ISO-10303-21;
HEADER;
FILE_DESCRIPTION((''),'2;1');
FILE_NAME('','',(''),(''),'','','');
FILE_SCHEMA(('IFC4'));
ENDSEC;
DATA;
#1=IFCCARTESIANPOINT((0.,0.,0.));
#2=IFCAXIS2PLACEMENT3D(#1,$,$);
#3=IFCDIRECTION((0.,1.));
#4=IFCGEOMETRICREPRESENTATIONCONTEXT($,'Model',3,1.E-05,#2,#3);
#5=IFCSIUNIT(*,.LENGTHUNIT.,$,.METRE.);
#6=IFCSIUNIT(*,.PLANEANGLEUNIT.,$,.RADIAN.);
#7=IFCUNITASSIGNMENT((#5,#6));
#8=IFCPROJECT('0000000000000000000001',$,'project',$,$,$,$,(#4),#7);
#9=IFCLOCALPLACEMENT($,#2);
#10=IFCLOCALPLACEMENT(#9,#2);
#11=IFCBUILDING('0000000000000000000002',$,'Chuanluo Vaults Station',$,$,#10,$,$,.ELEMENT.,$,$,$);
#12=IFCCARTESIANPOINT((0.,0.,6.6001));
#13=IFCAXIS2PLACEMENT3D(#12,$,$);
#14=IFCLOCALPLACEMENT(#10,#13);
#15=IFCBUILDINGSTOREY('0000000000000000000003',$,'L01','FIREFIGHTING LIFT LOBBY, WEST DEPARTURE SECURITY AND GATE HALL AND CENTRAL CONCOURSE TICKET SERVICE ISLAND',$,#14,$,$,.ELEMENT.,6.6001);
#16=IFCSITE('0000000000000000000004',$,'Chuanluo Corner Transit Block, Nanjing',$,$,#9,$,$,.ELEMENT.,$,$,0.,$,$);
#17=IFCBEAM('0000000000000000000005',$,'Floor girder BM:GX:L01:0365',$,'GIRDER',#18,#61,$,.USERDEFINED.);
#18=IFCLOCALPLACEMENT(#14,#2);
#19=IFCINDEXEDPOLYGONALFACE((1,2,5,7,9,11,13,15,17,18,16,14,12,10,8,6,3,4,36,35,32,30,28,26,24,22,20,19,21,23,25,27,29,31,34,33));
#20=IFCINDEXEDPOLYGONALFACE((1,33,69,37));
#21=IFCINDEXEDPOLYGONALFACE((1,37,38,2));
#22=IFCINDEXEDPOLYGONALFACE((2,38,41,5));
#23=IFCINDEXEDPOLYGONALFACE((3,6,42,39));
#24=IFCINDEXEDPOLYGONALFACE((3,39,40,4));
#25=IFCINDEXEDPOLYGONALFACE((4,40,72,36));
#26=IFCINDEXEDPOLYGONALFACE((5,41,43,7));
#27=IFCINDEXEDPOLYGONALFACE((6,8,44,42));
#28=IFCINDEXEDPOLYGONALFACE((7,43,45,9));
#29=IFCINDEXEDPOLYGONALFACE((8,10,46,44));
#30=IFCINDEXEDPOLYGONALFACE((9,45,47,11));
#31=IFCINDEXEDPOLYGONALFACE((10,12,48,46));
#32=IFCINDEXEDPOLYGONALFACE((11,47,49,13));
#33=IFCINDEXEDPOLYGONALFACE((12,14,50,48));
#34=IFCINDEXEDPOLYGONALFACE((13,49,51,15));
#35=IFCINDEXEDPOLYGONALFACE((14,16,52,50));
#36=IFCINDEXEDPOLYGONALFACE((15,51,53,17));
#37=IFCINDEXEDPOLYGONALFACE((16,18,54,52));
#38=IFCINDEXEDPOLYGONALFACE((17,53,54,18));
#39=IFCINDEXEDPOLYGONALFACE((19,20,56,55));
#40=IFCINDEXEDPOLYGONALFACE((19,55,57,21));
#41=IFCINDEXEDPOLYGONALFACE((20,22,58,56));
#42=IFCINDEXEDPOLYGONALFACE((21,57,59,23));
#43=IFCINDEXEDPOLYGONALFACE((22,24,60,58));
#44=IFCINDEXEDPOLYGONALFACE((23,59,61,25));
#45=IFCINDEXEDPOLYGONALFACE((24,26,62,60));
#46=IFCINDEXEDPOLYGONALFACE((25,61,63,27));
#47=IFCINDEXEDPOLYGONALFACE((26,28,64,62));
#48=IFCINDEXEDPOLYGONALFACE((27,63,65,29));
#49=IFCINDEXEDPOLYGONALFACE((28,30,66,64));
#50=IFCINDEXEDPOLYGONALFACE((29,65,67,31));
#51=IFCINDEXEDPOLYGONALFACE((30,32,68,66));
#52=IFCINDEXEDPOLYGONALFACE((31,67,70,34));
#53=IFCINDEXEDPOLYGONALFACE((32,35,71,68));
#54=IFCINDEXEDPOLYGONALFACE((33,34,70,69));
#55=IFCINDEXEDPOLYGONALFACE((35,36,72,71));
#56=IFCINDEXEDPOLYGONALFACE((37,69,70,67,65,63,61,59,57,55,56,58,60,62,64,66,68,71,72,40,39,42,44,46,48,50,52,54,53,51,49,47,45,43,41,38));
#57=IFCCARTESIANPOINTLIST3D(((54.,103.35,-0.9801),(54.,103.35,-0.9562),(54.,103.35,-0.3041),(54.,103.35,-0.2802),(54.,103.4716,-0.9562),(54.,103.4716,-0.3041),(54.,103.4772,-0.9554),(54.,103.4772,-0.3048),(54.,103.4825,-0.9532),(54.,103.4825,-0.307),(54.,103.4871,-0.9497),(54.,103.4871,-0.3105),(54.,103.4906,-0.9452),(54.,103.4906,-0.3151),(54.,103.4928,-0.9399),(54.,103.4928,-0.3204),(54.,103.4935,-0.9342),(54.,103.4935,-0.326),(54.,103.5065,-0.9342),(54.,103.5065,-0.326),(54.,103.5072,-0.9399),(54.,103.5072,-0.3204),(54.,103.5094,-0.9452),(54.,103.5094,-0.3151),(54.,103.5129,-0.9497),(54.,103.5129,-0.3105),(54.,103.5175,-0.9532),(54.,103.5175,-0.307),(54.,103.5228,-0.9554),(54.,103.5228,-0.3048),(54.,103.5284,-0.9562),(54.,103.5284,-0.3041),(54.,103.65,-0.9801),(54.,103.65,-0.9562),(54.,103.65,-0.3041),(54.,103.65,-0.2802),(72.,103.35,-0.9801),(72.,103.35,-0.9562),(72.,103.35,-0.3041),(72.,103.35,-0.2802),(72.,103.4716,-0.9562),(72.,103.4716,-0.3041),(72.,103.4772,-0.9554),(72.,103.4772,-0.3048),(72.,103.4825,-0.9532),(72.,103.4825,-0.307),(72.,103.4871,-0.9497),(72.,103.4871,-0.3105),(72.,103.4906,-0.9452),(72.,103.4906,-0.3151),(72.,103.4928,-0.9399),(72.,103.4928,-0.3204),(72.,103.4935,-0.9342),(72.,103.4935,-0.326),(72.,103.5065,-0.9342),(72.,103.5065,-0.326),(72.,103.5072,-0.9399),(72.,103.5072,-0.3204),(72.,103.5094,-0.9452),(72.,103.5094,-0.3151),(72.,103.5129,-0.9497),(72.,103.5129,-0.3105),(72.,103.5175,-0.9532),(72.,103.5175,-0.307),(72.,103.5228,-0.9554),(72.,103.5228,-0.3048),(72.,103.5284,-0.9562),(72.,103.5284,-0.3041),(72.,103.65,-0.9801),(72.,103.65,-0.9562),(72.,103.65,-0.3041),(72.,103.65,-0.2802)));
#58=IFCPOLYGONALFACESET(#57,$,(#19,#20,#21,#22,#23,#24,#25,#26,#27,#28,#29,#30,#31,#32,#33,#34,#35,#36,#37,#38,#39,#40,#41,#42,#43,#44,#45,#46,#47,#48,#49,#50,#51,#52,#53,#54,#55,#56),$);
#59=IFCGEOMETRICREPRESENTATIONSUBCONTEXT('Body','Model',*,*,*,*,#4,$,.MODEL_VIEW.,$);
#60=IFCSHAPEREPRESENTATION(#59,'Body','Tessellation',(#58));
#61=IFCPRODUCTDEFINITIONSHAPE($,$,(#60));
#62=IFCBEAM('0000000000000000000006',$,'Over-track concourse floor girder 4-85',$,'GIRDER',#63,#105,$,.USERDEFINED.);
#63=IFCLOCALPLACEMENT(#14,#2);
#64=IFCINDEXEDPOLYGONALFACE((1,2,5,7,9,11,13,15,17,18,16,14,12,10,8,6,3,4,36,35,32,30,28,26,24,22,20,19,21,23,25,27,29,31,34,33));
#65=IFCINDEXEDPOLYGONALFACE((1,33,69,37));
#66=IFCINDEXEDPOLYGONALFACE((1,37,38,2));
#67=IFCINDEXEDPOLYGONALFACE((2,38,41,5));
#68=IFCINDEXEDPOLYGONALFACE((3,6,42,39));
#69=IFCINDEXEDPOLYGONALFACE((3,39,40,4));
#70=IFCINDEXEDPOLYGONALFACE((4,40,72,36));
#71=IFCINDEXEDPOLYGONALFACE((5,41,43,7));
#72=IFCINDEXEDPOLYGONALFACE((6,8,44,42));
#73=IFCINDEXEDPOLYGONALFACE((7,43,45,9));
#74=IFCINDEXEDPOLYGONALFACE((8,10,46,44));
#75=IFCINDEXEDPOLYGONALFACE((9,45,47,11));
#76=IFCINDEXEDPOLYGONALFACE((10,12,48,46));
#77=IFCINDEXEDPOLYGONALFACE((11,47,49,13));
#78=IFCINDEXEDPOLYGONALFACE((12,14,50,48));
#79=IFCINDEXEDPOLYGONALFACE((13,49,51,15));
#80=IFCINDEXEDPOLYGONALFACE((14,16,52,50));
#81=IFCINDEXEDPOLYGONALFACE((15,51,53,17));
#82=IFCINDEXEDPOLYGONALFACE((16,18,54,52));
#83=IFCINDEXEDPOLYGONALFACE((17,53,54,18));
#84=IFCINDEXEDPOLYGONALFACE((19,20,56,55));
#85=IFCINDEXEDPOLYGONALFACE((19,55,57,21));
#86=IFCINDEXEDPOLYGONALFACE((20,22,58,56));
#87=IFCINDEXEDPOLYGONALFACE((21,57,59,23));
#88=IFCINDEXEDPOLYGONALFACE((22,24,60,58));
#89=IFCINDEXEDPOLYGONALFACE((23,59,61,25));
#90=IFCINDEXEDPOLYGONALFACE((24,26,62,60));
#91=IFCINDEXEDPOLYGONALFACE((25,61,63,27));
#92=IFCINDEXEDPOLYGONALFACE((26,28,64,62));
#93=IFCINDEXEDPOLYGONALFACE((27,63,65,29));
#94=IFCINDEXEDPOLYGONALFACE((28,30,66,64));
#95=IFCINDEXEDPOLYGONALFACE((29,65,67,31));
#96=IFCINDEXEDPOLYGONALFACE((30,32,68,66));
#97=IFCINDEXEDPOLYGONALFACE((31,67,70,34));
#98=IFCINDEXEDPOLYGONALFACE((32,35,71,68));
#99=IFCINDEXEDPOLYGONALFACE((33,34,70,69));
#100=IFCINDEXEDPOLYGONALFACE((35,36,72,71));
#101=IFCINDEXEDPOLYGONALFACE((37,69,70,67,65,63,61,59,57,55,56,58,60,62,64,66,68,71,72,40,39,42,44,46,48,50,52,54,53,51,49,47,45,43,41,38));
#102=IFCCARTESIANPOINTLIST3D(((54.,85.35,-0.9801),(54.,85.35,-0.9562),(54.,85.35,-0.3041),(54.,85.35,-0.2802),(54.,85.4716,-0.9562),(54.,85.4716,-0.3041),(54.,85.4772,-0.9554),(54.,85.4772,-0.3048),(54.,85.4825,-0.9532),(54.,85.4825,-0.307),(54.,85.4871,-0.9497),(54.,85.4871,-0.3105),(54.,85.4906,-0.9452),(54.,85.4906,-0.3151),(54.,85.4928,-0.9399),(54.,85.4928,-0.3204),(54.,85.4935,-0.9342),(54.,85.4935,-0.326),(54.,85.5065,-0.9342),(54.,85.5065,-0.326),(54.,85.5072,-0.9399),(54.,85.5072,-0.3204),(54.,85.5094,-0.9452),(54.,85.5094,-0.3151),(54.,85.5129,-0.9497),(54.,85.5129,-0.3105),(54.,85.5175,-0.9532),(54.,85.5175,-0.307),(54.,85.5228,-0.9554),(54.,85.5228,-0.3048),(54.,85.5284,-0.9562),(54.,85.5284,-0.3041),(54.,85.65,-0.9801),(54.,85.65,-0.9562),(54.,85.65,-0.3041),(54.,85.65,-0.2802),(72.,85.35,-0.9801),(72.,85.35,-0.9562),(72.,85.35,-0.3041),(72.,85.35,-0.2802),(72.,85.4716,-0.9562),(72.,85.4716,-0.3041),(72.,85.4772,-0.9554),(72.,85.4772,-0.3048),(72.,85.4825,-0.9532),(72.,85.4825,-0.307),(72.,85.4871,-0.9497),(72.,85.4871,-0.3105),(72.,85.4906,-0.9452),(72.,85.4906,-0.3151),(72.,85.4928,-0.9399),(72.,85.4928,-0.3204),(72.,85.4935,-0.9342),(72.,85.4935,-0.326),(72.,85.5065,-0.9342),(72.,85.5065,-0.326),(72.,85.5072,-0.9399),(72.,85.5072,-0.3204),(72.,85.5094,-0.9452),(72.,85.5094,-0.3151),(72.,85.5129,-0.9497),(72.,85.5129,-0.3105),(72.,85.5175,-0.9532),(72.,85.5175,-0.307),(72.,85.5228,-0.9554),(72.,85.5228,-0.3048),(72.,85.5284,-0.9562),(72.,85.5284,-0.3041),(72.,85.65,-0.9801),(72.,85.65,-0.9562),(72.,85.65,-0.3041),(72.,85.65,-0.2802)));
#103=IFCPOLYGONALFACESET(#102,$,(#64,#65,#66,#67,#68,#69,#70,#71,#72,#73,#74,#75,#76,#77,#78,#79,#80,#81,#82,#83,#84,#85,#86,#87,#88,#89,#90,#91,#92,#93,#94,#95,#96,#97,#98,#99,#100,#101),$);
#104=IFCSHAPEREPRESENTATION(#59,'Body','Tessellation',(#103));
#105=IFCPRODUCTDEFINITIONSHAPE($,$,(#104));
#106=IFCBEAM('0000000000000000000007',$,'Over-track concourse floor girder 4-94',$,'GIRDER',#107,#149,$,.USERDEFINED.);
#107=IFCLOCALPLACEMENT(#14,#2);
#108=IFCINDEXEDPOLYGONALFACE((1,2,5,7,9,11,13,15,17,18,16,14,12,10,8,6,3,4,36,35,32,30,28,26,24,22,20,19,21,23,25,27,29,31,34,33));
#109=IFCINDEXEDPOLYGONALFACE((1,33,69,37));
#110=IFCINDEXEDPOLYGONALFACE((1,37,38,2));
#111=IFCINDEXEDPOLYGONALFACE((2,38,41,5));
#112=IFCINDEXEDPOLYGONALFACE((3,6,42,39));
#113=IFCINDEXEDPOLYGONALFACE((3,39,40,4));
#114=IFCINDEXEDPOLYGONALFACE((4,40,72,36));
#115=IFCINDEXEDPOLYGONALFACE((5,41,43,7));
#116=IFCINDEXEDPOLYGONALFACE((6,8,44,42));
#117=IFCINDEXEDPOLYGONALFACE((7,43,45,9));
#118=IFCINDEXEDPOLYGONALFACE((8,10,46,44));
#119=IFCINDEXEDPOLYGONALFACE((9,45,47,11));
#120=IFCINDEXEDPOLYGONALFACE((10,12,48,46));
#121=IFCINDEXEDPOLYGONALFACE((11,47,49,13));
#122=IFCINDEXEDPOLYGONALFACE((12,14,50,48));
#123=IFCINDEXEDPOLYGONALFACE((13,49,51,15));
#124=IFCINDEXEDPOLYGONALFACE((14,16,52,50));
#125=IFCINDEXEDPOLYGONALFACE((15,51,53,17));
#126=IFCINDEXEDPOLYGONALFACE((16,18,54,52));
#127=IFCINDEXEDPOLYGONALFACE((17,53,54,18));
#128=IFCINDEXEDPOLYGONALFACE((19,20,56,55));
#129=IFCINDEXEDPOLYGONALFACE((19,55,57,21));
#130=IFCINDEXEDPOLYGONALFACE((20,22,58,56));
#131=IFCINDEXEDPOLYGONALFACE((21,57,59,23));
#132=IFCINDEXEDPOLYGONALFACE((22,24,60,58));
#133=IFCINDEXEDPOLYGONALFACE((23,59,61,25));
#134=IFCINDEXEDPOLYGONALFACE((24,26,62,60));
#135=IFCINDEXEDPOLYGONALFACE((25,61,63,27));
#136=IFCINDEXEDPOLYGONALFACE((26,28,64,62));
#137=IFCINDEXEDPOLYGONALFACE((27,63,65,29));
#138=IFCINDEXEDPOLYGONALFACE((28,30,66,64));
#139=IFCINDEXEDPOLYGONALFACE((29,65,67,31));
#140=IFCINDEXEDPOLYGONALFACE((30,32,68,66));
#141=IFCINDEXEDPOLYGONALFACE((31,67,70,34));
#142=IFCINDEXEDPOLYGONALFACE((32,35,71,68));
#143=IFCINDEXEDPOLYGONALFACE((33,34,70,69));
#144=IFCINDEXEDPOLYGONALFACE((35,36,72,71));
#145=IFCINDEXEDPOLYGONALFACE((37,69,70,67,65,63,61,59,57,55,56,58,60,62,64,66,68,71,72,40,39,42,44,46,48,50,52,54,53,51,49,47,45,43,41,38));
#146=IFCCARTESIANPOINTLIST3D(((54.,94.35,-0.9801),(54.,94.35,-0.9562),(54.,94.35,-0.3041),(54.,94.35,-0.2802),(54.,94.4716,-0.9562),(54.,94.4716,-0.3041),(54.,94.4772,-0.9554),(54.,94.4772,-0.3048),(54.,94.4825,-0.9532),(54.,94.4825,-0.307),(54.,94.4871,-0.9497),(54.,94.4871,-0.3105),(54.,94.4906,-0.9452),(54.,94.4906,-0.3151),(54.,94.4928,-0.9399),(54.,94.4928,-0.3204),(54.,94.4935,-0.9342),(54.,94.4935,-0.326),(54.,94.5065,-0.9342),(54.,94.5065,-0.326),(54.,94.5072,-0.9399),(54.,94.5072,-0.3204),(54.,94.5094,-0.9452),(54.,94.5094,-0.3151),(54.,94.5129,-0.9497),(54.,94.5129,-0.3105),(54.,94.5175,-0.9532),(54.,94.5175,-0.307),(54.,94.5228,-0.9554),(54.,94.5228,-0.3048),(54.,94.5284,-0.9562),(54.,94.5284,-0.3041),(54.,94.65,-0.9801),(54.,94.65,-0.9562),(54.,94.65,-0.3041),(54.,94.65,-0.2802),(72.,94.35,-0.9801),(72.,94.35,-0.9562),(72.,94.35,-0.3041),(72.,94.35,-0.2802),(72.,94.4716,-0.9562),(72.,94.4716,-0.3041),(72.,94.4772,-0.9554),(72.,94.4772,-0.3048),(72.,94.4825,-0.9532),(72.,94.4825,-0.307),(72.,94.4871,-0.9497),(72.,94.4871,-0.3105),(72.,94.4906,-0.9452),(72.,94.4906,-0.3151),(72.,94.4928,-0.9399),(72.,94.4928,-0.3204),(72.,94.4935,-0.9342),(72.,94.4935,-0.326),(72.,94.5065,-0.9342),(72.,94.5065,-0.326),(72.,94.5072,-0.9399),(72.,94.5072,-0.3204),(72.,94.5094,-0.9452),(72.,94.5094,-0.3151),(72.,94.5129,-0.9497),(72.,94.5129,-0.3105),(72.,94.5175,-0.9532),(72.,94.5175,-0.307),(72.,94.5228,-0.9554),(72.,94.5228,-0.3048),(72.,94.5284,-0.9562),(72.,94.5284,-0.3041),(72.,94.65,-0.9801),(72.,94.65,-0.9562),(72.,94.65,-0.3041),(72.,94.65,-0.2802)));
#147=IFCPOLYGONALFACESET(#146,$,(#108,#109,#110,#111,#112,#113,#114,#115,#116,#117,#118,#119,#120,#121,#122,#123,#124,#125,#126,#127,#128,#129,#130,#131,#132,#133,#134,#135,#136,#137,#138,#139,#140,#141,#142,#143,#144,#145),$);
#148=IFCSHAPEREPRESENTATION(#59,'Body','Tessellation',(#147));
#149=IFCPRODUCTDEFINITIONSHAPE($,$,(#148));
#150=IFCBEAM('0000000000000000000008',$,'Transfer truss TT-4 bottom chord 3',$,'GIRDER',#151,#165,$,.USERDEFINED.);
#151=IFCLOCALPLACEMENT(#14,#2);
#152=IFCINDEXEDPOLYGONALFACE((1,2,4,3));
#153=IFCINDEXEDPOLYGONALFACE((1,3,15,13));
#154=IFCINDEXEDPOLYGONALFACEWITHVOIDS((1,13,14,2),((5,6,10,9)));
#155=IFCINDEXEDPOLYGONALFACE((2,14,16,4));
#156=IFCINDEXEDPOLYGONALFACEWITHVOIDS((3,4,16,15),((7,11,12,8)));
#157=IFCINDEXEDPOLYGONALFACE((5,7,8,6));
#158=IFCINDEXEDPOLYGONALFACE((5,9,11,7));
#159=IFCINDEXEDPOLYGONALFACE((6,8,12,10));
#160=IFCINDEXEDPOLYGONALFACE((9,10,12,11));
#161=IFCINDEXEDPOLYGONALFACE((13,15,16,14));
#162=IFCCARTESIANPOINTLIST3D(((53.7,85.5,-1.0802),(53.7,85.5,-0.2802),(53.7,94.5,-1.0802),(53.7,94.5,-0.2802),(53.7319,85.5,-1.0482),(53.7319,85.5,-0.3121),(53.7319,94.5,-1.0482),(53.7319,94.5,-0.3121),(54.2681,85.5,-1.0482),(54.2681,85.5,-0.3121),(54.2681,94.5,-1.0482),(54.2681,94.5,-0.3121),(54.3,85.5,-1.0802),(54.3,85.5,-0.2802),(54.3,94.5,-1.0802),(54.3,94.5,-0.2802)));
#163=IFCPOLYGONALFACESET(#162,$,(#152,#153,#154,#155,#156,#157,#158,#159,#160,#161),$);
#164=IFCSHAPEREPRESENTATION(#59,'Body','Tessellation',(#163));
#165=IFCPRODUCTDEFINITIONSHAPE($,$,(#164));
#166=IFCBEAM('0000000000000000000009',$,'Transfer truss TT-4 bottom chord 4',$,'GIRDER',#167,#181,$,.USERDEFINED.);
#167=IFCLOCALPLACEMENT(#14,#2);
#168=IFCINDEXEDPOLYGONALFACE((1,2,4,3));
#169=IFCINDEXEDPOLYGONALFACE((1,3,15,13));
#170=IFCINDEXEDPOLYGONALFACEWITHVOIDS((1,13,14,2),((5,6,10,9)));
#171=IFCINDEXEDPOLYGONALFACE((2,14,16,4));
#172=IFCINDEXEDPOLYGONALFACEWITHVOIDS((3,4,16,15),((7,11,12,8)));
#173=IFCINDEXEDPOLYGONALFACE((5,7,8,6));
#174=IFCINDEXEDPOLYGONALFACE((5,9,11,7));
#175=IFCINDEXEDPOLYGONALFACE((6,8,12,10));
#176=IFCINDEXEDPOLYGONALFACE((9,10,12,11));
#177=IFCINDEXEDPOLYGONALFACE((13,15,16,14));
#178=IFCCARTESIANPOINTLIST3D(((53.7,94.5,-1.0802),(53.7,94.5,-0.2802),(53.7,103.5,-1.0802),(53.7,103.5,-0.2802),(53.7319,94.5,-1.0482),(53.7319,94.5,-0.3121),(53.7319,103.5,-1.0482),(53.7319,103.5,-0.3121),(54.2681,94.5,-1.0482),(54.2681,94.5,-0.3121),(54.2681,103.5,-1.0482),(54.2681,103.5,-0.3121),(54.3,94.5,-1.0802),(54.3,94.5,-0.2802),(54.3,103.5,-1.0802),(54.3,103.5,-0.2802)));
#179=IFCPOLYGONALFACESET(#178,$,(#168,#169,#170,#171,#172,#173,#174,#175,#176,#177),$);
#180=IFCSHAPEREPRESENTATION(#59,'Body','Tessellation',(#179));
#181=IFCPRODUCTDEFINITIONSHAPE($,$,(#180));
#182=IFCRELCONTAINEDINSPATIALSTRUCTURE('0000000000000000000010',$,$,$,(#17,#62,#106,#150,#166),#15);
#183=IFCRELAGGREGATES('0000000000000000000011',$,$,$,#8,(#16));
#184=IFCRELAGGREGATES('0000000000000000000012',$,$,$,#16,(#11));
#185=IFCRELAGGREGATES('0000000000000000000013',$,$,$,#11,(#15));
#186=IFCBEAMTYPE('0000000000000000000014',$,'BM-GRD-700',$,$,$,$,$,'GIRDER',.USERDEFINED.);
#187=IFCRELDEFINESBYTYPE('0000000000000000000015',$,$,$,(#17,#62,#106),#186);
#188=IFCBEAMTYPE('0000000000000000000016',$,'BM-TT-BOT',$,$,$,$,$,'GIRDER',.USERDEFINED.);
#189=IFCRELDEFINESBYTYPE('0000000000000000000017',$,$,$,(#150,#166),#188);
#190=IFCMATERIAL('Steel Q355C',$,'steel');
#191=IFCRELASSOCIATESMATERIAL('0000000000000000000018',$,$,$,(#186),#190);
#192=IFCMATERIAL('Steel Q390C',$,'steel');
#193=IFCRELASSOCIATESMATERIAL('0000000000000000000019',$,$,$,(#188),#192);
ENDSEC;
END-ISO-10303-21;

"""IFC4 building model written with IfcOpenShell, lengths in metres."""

from ifc_helpers import new_model, si_unit, direction, frame, origin, origin_2d, place, context, subcontext, project, spatial, hollow_rectangle, i_section, extrude, material, material_profile, profile_set, type_object, element, save


model = new_model("IFC4")

# Units and contexts
model_context = context("Model", 3, precision=1e-05, world=origin(), true_north=direction((0.0, 1.0)))
body_context = subcontext(model_context, "Body", "Model", "MODEL_VIEW")
ifc_project = project(units=[si_unit("LENGTHUNIT", "METRE"), si_unit("PLANEANGLEUNIT", "RADIAN")], contexts=[model_context])

# Site, building, storey
site_placement = place(None, origin())
site = spatial("IfcSite", under=ifc_project, at=site_placement, Name="Chuanluo Corner Transit Block, Nanjing", CompositionType="ELEMENT", RefElevation=0.0)
building_placement = place(site_placement, origin())
building = spatial("IfcBuilding", under=site, at=building_placement, Name="Chuanluo Vaults Station", CompositionType="ELEMENT")
storey_placement = place(building_placement, frame((0.0, 0.0, 6.6001)))
storey = spatial("IfcBuildingStorey", under=building, at=storey_placement, Name="L01", Description="FIREFIGHTING LIFT LOBBY, WEST DEPARTURE SECURITY AND GATE HALL AND CENTRAL CONCOURSE TICKET SERVICE ISLAND", CompositionType="ELEMENT", Elevation=6.6001)

# Beams
ifc_material_1 = material(Name="Steel Q355C", Category="steel")
ifc_material_profile_1 = material_profile(ifc_material_1, i_section(OverallWidth=0.3, OverallDepth=0.7, WebThickness=0.0129, FlangeThickness=0.0239, FilletRadius=0.022, at=origin_2d()))
ifc_profile_set_1 = profile_set([ifc_material_profile_1], Name="Steel Q355C")
beam_type_1 = type_object("IfcBeamType", Name="BM-GRD-700", ElementType="GIRDER", PredefinedType="USERDEFINED", material=ifc_profile_set_1)
for number, where, z_axis, x_axis, name in (
    (1, (54.0, 103.5, -0.6301), (1.0, 0.0, 0.0), (0.0, 1.0, 0.0), "Floor girder BM:GX:L01:0365"),
    (2, (54.0, 85.5, -0.6301), (1.0, 0.0, 0.0), (0.0, 1.0, 0.0), "Over-track concourse floor girder 4-85"),
    (3, (54.0, 94.5, -0.6301), (1.0, 0.0, 0.0), (0.0, 1.0, 0.0), "Over-track concourse floor girder 4-94"),
):
    element("IfcBeam", number, at=place(storey_placement, frame(where, z_axis=z_axis, x_axis=x_axis)), inside=storey, type_object=beam_type_1, Name=name, ObjectType="GIRDER", PredefinedType="USERDEFINED", context=body_context, shape_type="SweptSolid", body=[
        extrude(i_section(OverallWidth=0.3, OverallDepth=0.7, WebThickness=0.0129, FlangeThickness=0.0239, FilletRadius=0.022, at=origin_2d()), origin(), (0.0, 0.0, 1.0), 18.0),
    ])
ifc_material_2 = material(Name="Steel Q390C", Category="steel")
ifc_material_profile_2 = material_profile(ifc_material_2, hollow_rectangle(XDim=0.6001, YDim=0.8, WallThickness=0.032, at=origin_2d()))
ifc_profile_set_2 = profile_set([ifc_material_profile_2], Name="Steel Q390C")
beam_type_2 = type_object("IfcBeamType", Name="BM-TT-BOT", ElementType="GIRDER", PredefinedType="USERDEFINED", material=ifc_profile_set_2)
for number, where, z_axis, x_axis, name in (
    (4, (54.0, 85.5, -0.6802), (0.0, 1.0, 0.0), (-1.0, 0.0, 0.0), "Transfer truss TT-4 bottom chord 3"),
    (5, (54.0, 94.5, -0.6802), (0.0, 1.0, 0.0), (-1.0, 0.0, 0.0), "Transfer truss TT-4 bottom chord 4"),
):
    element("IfcBeam", number, at=place(storey_placement, frame(where, z_axis=z_axis, x_axis=x_axis)), inside=storey, type_object=beam_type_2, Name=name, ObjectType="GIRDER", PredefinedType="USERDEFINED", context=body_context, shape_type="SweptSolid", body=[
        extrude(hollow_rectangle(XDim=0.6001, YDim=0.8, WallThickness=0.032, at=origin_2d()), origin(), (0.0, 0.0, 1.0), 9.0),
    ])

save(model, "model.ifc")
